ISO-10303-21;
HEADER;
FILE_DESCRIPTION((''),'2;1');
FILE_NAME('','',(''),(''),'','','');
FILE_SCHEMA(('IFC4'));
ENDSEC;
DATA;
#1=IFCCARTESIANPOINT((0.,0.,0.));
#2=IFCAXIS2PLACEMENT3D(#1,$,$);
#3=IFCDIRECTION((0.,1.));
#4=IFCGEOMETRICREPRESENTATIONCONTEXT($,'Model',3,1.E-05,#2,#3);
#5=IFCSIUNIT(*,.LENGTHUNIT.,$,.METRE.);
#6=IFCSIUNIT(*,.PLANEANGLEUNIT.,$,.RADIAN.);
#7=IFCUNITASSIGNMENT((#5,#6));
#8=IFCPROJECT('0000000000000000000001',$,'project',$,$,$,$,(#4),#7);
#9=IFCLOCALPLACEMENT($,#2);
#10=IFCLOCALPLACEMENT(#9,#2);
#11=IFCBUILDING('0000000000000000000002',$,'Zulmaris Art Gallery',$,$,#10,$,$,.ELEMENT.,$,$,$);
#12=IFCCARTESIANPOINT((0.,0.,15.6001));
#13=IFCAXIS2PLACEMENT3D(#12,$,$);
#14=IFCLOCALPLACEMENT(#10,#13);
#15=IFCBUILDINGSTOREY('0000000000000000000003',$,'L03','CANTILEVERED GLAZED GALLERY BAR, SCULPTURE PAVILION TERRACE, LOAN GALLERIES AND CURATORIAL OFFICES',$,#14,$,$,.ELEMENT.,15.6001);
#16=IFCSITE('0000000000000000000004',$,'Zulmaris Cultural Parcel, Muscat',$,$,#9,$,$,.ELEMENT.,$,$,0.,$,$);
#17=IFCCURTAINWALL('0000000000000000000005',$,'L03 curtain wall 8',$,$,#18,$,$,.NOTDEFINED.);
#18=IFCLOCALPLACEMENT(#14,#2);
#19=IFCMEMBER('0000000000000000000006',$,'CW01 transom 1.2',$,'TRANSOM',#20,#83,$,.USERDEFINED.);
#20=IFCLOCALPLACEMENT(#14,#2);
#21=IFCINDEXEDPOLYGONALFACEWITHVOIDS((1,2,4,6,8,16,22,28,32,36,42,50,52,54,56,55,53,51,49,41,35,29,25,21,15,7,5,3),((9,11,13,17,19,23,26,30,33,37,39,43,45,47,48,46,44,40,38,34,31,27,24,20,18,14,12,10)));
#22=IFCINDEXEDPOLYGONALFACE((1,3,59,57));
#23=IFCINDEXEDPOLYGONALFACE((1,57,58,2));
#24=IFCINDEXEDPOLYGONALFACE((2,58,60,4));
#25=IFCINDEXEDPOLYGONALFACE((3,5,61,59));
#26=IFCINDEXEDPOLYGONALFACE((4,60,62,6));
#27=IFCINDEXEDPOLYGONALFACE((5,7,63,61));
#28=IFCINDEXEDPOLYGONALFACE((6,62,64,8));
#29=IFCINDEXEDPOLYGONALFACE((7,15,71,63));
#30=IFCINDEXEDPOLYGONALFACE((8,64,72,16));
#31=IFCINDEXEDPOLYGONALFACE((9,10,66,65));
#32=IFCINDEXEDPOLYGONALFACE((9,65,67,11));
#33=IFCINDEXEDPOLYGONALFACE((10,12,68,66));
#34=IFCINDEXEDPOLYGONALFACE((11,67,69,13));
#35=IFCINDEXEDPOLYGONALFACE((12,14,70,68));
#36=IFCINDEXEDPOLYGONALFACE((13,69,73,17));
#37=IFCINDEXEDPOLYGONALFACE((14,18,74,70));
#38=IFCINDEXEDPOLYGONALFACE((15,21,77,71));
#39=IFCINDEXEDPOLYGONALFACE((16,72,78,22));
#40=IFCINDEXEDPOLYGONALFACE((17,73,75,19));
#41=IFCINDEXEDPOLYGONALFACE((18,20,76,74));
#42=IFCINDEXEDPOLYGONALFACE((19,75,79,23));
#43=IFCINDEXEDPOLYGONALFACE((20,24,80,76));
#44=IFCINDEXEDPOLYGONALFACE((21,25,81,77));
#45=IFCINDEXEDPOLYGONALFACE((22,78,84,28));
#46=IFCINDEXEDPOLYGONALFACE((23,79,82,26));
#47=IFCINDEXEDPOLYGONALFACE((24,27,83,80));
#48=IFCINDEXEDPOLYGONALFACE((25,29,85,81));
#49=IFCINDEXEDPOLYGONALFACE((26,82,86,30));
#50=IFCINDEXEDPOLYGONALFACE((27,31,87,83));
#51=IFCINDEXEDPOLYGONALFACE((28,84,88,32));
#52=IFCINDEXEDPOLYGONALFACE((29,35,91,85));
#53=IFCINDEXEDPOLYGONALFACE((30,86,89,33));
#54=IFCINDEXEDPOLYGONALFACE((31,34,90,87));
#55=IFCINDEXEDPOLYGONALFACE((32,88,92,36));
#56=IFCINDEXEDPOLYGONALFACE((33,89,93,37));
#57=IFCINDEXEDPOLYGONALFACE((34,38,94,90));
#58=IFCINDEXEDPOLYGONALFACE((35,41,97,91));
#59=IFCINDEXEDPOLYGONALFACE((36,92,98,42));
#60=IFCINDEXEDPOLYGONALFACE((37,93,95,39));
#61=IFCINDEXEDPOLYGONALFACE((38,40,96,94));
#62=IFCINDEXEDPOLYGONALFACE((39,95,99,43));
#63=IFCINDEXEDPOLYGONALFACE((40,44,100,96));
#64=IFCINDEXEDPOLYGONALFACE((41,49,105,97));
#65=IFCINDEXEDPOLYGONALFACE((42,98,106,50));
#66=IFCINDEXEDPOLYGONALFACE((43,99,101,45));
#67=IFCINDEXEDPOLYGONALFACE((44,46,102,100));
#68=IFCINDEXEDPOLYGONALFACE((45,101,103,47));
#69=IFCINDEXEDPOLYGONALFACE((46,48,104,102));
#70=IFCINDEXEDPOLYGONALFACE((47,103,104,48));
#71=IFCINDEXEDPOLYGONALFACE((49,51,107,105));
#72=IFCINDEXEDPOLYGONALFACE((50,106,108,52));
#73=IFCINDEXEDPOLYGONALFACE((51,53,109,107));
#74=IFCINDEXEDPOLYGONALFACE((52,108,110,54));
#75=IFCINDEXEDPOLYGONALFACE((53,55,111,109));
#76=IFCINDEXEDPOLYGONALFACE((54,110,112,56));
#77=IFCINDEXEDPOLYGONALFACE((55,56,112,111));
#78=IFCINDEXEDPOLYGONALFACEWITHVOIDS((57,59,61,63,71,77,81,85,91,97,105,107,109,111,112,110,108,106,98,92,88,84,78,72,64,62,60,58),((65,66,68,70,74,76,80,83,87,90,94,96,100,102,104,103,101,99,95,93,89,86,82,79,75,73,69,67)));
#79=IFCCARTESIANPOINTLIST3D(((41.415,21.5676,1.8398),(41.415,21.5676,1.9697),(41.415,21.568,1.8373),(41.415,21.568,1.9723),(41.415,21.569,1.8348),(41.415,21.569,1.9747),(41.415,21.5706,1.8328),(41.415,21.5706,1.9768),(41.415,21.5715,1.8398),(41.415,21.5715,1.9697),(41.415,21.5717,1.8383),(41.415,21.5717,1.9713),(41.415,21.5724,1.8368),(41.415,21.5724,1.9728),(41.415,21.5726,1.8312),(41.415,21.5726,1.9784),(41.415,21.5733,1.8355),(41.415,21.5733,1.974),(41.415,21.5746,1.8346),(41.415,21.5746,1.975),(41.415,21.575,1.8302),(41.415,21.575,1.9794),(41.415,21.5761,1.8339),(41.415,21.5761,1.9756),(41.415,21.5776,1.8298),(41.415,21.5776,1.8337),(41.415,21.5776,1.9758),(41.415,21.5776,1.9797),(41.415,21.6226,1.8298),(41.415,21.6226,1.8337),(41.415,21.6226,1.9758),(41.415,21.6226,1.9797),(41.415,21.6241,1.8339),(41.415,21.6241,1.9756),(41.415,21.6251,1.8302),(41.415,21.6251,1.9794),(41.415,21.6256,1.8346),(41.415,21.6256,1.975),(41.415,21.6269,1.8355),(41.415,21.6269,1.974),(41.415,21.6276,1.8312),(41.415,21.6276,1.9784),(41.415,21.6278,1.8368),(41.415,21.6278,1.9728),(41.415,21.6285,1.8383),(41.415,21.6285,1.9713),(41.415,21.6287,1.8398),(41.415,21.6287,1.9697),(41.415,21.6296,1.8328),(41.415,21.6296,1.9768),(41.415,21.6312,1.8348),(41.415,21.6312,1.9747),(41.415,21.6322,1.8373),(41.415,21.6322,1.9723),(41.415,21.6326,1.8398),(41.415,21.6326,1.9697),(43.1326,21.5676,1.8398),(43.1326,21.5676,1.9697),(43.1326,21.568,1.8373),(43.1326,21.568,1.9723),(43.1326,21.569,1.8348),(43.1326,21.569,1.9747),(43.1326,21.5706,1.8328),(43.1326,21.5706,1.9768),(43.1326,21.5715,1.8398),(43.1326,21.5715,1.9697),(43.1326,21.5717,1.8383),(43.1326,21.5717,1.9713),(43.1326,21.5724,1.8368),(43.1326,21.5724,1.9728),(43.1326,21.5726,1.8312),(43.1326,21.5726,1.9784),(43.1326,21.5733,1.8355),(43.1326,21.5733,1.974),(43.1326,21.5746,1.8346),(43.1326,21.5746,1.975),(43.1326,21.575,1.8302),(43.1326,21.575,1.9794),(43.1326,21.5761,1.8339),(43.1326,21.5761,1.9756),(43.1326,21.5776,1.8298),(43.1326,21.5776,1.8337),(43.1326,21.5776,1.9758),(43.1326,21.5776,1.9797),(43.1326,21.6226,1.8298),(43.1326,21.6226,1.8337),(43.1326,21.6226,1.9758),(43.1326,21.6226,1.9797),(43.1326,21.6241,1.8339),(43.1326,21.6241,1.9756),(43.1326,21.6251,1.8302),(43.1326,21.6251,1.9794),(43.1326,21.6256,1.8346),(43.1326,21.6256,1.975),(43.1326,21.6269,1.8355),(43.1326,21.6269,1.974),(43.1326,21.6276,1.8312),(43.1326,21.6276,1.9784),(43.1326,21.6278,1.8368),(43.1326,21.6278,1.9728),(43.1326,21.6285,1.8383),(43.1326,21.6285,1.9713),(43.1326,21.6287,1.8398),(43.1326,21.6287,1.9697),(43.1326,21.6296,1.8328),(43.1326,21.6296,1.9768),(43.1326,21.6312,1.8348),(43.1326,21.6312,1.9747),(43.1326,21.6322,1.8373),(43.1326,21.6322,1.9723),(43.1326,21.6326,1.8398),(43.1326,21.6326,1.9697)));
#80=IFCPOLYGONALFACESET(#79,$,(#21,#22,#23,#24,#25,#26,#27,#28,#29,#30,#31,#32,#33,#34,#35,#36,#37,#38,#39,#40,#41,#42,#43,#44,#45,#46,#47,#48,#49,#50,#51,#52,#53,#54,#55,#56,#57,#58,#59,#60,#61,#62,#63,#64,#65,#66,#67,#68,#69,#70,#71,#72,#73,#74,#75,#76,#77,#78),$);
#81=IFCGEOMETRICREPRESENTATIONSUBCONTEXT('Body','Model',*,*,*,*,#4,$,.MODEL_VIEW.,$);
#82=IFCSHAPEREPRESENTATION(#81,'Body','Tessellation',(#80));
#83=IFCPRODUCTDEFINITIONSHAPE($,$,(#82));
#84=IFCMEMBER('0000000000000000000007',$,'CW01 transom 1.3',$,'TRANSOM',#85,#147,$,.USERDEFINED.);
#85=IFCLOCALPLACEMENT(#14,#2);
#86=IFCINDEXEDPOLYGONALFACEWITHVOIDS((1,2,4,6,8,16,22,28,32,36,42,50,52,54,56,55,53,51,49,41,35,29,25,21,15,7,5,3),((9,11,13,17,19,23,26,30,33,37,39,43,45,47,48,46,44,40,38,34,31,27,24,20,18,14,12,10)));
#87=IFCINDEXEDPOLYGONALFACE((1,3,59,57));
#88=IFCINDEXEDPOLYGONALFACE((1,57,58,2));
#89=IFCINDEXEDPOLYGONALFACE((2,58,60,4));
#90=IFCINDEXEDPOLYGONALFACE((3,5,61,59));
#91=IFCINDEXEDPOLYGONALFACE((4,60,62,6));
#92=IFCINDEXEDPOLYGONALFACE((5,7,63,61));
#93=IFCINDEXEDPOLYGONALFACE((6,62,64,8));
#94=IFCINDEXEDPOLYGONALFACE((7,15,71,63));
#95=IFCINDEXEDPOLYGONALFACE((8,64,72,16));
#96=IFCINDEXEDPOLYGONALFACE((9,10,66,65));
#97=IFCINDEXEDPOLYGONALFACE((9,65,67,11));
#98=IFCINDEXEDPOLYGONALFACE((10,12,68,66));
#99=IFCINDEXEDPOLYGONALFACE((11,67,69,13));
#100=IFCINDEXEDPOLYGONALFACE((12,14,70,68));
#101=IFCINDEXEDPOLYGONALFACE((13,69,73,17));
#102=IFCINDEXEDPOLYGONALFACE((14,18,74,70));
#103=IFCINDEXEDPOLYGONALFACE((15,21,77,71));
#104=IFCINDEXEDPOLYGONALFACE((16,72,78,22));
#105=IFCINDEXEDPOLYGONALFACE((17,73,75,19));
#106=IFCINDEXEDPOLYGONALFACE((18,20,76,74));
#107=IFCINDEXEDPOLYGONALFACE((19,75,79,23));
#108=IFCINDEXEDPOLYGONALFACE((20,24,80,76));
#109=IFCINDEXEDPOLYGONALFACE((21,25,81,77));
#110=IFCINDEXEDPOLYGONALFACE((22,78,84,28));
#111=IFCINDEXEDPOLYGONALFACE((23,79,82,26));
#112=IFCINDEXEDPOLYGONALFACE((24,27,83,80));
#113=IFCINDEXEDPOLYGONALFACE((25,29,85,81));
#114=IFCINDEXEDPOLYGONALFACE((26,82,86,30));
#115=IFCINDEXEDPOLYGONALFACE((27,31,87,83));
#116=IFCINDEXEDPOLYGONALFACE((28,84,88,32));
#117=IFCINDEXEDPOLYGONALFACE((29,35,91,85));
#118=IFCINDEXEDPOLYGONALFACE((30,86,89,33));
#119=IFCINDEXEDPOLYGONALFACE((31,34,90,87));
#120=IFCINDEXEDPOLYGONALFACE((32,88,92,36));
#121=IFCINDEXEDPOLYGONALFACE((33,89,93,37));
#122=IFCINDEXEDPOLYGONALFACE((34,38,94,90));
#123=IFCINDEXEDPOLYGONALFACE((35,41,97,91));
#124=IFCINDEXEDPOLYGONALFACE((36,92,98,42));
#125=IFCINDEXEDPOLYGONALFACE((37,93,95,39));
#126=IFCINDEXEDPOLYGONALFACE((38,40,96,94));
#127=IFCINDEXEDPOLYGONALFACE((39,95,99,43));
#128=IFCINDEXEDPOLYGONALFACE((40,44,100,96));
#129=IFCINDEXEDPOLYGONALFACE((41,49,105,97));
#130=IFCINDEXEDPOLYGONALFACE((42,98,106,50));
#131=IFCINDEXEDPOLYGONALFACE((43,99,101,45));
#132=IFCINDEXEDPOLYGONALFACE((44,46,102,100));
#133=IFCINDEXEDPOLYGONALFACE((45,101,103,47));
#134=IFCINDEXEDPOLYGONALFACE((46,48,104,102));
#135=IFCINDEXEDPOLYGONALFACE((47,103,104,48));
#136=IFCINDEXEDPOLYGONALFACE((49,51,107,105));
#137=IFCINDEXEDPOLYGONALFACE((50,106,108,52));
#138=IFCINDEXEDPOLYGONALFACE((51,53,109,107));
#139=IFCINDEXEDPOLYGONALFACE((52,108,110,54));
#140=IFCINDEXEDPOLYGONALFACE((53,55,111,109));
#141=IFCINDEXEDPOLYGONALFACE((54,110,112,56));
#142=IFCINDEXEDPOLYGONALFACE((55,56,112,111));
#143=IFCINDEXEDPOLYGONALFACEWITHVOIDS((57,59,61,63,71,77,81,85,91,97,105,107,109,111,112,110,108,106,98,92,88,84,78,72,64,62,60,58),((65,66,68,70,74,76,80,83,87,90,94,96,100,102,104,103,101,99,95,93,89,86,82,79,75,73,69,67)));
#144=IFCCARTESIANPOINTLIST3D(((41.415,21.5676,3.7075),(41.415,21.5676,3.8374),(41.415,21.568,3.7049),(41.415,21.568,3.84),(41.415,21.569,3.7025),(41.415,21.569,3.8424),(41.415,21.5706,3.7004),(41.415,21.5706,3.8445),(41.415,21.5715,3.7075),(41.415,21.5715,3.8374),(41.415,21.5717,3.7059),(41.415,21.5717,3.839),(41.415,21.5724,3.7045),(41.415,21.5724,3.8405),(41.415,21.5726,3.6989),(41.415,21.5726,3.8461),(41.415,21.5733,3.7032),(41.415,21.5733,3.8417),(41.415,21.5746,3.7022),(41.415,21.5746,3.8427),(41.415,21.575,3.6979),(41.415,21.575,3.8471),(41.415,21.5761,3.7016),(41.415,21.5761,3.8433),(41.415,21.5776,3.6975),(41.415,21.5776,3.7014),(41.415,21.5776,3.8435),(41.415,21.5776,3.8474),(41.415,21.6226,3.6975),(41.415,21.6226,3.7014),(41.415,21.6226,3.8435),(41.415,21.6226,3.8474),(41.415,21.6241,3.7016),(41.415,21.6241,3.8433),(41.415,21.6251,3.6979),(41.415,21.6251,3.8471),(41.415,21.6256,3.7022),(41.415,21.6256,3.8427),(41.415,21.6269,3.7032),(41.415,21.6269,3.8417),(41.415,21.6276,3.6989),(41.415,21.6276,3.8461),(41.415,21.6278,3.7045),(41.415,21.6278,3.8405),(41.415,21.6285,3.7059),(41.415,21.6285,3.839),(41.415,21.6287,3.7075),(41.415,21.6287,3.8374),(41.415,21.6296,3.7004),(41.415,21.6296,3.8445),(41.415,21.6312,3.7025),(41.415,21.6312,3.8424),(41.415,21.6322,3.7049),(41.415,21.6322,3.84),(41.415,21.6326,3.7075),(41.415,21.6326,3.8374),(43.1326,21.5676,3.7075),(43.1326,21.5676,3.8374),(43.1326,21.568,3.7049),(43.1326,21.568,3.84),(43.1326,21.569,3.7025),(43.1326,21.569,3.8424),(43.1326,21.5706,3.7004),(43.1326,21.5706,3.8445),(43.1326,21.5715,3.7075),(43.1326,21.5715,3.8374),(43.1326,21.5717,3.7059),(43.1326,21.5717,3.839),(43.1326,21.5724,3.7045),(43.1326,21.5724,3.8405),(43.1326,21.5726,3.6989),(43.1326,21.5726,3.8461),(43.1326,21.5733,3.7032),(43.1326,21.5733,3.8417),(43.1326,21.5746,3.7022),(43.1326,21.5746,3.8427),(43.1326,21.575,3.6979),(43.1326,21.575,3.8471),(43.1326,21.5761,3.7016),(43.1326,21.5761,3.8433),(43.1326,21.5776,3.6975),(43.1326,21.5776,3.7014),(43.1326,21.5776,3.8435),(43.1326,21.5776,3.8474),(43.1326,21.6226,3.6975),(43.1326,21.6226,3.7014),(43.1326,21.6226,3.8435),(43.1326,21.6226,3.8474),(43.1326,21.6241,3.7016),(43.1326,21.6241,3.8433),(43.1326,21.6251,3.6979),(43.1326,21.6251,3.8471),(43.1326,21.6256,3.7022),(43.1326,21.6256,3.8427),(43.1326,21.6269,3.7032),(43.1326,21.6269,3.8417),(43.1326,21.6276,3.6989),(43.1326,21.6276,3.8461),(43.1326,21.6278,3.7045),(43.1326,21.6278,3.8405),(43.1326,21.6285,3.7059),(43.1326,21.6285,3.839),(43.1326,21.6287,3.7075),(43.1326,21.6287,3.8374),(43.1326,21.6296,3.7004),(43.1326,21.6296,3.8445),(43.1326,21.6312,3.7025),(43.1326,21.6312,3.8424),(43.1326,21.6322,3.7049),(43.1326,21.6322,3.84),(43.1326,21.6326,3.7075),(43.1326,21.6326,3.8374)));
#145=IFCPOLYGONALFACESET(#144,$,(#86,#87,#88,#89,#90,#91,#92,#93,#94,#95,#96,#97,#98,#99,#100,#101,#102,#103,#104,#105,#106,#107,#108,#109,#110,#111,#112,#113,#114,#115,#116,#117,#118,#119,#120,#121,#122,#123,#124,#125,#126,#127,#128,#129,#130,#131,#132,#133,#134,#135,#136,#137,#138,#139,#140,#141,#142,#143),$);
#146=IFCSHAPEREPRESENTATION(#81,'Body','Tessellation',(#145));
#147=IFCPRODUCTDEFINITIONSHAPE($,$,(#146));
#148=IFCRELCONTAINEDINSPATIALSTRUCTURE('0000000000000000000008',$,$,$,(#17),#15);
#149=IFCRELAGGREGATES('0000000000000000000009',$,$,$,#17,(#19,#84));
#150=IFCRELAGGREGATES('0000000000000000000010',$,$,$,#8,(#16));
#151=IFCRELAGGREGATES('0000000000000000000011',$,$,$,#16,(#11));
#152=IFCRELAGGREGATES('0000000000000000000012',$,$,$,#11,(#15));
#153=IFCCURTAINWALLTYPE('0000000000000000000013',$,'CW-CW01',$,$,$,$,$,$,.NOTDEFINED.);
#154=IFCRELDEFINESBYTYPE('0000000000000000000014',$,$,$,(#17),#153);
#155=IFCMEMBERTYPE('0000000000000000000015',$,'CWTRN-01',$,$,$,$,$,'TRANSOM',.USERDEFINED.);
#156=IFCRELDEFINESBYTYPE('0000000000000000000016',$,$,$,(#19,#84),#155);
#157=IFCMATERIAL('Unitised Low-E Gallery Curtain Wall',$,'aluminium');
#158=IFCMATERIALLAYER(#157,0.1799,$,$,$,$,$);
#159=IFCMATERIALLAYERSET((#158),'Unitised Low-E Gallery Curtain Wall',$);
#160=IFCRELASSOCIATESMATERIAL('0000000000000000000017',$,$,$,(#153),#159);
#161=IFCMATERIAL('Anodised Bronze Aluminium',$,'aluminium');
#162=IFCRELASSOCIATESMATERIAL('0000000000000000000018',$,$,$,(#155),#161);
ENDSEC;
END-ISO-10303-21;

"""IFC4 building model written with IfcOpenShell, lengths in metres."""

from ifc_helpers import new_model, si_unit, direction, frame, origin, origin_2d, place, context, subcontext, project, spatial, hollow_rectangle, extrude, material, layer, layer_set, material_profile, profile_set, type_object, element, aggregate, save


model = new_model("IFC4")

# Units and contexts
model_context = context("Model", 3, precision=1e-05, world=origin(), true_north=direction((0.0, 1.0)))
body_context = subcontext(model_context, "Body", "Model", "MODEL_VIEW")
ifc_project = project(units=[si_unit("LENGTHUNIT", "METRE"), si_unit("PLANEANGLEUNIT", "RADIAN")], contexts=[model_context])

# Site, building, storey
site_placement = place(None, origin())
site = spatial("IfcSite", under=ifc_project, at=site_placement, Name="Zulmaris Cultural Parcel, Muscat", CompositionType="ELEMENT", RefElevation=0.0)
building_placement = place(site_placement, origin())
building = spatial("IfcBuilding", under=site, at=building_placement, Name="Zulmaris Art Gallery", CompositionType="ELEMENT")
storey_placement = place(building_placement, frame((0.0, 0.0, 15.6001)))
storey = spatial("IfcBuildingStorey", under=building, at=storey_placement, Name="L03", Description="CANTILEVERED GLAZED GALLERY BAR, SCULPTURE PAVILION TERRACE, LOAN GALLERIES AND CURATORIAL OFFICES", CompositionType="ELEMENT", Elevation=15.6001)

# Curtain wall
ifc_material_1 = material(Name="Unitised Low-E Gallery Curtain Wall", Category="aluminium")
ifc_layer_1 = layer(ifc_material_1, 0.1799)
ifc_layer_set_1 = layer_set([ifc_layer_1], Name="Unitised Low-E Gallery Curtain Wall")
curtain_wall_type_1 = type_object("IfcCurtainWallType", Name="CW-CW01", PredefinedType="NOTDEFINED", material=ifc_layer_set_1)
curtain_wall_1_placement = place(storey_placement, origin())
curtain_wall_1 = element("IfcCurtainWall", 1, at=curtain_wall_1_placement, inside=storey, type_object=curtain_wall_type_1, Name="L03 curtain wall 8", PredefinedType="NOTDEFINED")
ifc_material_2 = material(Name="Anodised Bronze Aluminium", Category="aluminium")

# Members
ifc_material_profile_1 = material_profile(ifc_material_2, hollow_rectangle(XDim=0.0649, YDim=0.1499, WallThickness=0.0039, InnerFilletRadius=0.0061, OuterFilletRadius=0.01, at=origin_2d()), Name="ALU 65x150x4")
ifc_profile_set_1 = profile_set([ifc_material_profile_1], Name="Anodised Bronze Aluminium")
member_type_1 = type_object("IfcMemberType", Name="CWTRN-01", ElementType="TRANSOM", PredefinedType="USERDEFINED", material=ifc_profile_set_1)
member_1_placement = place(storey_placement, frame((41.415, 21.6001, 1.9048), z_axis=(1.0, 0.0, 0.0), x_axis=(0.0, 1.0, 0.0)))
member_1 = element("IfcMember", 2, at=member_1_placement, type_object=member_type_1, Name="CW01 transom 1.2", ObjectType="TRANSOM", PredefinedType="USERDEFINED", context=body_context, shape_type="SweptSolid", body=[
    extrude(hollow_rectangle(XDim=0.0649, YDim=0.1499, WallThickness=0.0039, InnerFilletRadius=0.0061, OuterFilletRadius=0.01, at=origin_2d()), origin(), (0.0, 0.0, 1.0), 1.7175),
])
member_2_placement = place(storey_placement, frame((41.415, 21.6001, 3.7725), z_axis=(1.0, 0.0, 0.0), x_axis=(0.0, 1.0, 0.0)))
member_2 = element("IfcMember", 3, at=member_2_placement, type_object=member_type_1, Name="CW01 transom 1.3", ObjectType="TRANSOM", PredefinedType="USERDEFINED", context=body_context, shape_type="SweptSolid", body=[
    extrude(hollow_rectangle(XDim=0.0649, YDim=0.1499, WallThickness=0.0039, InnerFilletRadius=0.0061, OuterFilletRadius=0.01, at=origin_2d()), origin(), (0.0, 0.0, 1.0), 1.7175),
])

aggregate(curtain_wall_1, [member_1, member_2])

save(model, "model.ifc")
